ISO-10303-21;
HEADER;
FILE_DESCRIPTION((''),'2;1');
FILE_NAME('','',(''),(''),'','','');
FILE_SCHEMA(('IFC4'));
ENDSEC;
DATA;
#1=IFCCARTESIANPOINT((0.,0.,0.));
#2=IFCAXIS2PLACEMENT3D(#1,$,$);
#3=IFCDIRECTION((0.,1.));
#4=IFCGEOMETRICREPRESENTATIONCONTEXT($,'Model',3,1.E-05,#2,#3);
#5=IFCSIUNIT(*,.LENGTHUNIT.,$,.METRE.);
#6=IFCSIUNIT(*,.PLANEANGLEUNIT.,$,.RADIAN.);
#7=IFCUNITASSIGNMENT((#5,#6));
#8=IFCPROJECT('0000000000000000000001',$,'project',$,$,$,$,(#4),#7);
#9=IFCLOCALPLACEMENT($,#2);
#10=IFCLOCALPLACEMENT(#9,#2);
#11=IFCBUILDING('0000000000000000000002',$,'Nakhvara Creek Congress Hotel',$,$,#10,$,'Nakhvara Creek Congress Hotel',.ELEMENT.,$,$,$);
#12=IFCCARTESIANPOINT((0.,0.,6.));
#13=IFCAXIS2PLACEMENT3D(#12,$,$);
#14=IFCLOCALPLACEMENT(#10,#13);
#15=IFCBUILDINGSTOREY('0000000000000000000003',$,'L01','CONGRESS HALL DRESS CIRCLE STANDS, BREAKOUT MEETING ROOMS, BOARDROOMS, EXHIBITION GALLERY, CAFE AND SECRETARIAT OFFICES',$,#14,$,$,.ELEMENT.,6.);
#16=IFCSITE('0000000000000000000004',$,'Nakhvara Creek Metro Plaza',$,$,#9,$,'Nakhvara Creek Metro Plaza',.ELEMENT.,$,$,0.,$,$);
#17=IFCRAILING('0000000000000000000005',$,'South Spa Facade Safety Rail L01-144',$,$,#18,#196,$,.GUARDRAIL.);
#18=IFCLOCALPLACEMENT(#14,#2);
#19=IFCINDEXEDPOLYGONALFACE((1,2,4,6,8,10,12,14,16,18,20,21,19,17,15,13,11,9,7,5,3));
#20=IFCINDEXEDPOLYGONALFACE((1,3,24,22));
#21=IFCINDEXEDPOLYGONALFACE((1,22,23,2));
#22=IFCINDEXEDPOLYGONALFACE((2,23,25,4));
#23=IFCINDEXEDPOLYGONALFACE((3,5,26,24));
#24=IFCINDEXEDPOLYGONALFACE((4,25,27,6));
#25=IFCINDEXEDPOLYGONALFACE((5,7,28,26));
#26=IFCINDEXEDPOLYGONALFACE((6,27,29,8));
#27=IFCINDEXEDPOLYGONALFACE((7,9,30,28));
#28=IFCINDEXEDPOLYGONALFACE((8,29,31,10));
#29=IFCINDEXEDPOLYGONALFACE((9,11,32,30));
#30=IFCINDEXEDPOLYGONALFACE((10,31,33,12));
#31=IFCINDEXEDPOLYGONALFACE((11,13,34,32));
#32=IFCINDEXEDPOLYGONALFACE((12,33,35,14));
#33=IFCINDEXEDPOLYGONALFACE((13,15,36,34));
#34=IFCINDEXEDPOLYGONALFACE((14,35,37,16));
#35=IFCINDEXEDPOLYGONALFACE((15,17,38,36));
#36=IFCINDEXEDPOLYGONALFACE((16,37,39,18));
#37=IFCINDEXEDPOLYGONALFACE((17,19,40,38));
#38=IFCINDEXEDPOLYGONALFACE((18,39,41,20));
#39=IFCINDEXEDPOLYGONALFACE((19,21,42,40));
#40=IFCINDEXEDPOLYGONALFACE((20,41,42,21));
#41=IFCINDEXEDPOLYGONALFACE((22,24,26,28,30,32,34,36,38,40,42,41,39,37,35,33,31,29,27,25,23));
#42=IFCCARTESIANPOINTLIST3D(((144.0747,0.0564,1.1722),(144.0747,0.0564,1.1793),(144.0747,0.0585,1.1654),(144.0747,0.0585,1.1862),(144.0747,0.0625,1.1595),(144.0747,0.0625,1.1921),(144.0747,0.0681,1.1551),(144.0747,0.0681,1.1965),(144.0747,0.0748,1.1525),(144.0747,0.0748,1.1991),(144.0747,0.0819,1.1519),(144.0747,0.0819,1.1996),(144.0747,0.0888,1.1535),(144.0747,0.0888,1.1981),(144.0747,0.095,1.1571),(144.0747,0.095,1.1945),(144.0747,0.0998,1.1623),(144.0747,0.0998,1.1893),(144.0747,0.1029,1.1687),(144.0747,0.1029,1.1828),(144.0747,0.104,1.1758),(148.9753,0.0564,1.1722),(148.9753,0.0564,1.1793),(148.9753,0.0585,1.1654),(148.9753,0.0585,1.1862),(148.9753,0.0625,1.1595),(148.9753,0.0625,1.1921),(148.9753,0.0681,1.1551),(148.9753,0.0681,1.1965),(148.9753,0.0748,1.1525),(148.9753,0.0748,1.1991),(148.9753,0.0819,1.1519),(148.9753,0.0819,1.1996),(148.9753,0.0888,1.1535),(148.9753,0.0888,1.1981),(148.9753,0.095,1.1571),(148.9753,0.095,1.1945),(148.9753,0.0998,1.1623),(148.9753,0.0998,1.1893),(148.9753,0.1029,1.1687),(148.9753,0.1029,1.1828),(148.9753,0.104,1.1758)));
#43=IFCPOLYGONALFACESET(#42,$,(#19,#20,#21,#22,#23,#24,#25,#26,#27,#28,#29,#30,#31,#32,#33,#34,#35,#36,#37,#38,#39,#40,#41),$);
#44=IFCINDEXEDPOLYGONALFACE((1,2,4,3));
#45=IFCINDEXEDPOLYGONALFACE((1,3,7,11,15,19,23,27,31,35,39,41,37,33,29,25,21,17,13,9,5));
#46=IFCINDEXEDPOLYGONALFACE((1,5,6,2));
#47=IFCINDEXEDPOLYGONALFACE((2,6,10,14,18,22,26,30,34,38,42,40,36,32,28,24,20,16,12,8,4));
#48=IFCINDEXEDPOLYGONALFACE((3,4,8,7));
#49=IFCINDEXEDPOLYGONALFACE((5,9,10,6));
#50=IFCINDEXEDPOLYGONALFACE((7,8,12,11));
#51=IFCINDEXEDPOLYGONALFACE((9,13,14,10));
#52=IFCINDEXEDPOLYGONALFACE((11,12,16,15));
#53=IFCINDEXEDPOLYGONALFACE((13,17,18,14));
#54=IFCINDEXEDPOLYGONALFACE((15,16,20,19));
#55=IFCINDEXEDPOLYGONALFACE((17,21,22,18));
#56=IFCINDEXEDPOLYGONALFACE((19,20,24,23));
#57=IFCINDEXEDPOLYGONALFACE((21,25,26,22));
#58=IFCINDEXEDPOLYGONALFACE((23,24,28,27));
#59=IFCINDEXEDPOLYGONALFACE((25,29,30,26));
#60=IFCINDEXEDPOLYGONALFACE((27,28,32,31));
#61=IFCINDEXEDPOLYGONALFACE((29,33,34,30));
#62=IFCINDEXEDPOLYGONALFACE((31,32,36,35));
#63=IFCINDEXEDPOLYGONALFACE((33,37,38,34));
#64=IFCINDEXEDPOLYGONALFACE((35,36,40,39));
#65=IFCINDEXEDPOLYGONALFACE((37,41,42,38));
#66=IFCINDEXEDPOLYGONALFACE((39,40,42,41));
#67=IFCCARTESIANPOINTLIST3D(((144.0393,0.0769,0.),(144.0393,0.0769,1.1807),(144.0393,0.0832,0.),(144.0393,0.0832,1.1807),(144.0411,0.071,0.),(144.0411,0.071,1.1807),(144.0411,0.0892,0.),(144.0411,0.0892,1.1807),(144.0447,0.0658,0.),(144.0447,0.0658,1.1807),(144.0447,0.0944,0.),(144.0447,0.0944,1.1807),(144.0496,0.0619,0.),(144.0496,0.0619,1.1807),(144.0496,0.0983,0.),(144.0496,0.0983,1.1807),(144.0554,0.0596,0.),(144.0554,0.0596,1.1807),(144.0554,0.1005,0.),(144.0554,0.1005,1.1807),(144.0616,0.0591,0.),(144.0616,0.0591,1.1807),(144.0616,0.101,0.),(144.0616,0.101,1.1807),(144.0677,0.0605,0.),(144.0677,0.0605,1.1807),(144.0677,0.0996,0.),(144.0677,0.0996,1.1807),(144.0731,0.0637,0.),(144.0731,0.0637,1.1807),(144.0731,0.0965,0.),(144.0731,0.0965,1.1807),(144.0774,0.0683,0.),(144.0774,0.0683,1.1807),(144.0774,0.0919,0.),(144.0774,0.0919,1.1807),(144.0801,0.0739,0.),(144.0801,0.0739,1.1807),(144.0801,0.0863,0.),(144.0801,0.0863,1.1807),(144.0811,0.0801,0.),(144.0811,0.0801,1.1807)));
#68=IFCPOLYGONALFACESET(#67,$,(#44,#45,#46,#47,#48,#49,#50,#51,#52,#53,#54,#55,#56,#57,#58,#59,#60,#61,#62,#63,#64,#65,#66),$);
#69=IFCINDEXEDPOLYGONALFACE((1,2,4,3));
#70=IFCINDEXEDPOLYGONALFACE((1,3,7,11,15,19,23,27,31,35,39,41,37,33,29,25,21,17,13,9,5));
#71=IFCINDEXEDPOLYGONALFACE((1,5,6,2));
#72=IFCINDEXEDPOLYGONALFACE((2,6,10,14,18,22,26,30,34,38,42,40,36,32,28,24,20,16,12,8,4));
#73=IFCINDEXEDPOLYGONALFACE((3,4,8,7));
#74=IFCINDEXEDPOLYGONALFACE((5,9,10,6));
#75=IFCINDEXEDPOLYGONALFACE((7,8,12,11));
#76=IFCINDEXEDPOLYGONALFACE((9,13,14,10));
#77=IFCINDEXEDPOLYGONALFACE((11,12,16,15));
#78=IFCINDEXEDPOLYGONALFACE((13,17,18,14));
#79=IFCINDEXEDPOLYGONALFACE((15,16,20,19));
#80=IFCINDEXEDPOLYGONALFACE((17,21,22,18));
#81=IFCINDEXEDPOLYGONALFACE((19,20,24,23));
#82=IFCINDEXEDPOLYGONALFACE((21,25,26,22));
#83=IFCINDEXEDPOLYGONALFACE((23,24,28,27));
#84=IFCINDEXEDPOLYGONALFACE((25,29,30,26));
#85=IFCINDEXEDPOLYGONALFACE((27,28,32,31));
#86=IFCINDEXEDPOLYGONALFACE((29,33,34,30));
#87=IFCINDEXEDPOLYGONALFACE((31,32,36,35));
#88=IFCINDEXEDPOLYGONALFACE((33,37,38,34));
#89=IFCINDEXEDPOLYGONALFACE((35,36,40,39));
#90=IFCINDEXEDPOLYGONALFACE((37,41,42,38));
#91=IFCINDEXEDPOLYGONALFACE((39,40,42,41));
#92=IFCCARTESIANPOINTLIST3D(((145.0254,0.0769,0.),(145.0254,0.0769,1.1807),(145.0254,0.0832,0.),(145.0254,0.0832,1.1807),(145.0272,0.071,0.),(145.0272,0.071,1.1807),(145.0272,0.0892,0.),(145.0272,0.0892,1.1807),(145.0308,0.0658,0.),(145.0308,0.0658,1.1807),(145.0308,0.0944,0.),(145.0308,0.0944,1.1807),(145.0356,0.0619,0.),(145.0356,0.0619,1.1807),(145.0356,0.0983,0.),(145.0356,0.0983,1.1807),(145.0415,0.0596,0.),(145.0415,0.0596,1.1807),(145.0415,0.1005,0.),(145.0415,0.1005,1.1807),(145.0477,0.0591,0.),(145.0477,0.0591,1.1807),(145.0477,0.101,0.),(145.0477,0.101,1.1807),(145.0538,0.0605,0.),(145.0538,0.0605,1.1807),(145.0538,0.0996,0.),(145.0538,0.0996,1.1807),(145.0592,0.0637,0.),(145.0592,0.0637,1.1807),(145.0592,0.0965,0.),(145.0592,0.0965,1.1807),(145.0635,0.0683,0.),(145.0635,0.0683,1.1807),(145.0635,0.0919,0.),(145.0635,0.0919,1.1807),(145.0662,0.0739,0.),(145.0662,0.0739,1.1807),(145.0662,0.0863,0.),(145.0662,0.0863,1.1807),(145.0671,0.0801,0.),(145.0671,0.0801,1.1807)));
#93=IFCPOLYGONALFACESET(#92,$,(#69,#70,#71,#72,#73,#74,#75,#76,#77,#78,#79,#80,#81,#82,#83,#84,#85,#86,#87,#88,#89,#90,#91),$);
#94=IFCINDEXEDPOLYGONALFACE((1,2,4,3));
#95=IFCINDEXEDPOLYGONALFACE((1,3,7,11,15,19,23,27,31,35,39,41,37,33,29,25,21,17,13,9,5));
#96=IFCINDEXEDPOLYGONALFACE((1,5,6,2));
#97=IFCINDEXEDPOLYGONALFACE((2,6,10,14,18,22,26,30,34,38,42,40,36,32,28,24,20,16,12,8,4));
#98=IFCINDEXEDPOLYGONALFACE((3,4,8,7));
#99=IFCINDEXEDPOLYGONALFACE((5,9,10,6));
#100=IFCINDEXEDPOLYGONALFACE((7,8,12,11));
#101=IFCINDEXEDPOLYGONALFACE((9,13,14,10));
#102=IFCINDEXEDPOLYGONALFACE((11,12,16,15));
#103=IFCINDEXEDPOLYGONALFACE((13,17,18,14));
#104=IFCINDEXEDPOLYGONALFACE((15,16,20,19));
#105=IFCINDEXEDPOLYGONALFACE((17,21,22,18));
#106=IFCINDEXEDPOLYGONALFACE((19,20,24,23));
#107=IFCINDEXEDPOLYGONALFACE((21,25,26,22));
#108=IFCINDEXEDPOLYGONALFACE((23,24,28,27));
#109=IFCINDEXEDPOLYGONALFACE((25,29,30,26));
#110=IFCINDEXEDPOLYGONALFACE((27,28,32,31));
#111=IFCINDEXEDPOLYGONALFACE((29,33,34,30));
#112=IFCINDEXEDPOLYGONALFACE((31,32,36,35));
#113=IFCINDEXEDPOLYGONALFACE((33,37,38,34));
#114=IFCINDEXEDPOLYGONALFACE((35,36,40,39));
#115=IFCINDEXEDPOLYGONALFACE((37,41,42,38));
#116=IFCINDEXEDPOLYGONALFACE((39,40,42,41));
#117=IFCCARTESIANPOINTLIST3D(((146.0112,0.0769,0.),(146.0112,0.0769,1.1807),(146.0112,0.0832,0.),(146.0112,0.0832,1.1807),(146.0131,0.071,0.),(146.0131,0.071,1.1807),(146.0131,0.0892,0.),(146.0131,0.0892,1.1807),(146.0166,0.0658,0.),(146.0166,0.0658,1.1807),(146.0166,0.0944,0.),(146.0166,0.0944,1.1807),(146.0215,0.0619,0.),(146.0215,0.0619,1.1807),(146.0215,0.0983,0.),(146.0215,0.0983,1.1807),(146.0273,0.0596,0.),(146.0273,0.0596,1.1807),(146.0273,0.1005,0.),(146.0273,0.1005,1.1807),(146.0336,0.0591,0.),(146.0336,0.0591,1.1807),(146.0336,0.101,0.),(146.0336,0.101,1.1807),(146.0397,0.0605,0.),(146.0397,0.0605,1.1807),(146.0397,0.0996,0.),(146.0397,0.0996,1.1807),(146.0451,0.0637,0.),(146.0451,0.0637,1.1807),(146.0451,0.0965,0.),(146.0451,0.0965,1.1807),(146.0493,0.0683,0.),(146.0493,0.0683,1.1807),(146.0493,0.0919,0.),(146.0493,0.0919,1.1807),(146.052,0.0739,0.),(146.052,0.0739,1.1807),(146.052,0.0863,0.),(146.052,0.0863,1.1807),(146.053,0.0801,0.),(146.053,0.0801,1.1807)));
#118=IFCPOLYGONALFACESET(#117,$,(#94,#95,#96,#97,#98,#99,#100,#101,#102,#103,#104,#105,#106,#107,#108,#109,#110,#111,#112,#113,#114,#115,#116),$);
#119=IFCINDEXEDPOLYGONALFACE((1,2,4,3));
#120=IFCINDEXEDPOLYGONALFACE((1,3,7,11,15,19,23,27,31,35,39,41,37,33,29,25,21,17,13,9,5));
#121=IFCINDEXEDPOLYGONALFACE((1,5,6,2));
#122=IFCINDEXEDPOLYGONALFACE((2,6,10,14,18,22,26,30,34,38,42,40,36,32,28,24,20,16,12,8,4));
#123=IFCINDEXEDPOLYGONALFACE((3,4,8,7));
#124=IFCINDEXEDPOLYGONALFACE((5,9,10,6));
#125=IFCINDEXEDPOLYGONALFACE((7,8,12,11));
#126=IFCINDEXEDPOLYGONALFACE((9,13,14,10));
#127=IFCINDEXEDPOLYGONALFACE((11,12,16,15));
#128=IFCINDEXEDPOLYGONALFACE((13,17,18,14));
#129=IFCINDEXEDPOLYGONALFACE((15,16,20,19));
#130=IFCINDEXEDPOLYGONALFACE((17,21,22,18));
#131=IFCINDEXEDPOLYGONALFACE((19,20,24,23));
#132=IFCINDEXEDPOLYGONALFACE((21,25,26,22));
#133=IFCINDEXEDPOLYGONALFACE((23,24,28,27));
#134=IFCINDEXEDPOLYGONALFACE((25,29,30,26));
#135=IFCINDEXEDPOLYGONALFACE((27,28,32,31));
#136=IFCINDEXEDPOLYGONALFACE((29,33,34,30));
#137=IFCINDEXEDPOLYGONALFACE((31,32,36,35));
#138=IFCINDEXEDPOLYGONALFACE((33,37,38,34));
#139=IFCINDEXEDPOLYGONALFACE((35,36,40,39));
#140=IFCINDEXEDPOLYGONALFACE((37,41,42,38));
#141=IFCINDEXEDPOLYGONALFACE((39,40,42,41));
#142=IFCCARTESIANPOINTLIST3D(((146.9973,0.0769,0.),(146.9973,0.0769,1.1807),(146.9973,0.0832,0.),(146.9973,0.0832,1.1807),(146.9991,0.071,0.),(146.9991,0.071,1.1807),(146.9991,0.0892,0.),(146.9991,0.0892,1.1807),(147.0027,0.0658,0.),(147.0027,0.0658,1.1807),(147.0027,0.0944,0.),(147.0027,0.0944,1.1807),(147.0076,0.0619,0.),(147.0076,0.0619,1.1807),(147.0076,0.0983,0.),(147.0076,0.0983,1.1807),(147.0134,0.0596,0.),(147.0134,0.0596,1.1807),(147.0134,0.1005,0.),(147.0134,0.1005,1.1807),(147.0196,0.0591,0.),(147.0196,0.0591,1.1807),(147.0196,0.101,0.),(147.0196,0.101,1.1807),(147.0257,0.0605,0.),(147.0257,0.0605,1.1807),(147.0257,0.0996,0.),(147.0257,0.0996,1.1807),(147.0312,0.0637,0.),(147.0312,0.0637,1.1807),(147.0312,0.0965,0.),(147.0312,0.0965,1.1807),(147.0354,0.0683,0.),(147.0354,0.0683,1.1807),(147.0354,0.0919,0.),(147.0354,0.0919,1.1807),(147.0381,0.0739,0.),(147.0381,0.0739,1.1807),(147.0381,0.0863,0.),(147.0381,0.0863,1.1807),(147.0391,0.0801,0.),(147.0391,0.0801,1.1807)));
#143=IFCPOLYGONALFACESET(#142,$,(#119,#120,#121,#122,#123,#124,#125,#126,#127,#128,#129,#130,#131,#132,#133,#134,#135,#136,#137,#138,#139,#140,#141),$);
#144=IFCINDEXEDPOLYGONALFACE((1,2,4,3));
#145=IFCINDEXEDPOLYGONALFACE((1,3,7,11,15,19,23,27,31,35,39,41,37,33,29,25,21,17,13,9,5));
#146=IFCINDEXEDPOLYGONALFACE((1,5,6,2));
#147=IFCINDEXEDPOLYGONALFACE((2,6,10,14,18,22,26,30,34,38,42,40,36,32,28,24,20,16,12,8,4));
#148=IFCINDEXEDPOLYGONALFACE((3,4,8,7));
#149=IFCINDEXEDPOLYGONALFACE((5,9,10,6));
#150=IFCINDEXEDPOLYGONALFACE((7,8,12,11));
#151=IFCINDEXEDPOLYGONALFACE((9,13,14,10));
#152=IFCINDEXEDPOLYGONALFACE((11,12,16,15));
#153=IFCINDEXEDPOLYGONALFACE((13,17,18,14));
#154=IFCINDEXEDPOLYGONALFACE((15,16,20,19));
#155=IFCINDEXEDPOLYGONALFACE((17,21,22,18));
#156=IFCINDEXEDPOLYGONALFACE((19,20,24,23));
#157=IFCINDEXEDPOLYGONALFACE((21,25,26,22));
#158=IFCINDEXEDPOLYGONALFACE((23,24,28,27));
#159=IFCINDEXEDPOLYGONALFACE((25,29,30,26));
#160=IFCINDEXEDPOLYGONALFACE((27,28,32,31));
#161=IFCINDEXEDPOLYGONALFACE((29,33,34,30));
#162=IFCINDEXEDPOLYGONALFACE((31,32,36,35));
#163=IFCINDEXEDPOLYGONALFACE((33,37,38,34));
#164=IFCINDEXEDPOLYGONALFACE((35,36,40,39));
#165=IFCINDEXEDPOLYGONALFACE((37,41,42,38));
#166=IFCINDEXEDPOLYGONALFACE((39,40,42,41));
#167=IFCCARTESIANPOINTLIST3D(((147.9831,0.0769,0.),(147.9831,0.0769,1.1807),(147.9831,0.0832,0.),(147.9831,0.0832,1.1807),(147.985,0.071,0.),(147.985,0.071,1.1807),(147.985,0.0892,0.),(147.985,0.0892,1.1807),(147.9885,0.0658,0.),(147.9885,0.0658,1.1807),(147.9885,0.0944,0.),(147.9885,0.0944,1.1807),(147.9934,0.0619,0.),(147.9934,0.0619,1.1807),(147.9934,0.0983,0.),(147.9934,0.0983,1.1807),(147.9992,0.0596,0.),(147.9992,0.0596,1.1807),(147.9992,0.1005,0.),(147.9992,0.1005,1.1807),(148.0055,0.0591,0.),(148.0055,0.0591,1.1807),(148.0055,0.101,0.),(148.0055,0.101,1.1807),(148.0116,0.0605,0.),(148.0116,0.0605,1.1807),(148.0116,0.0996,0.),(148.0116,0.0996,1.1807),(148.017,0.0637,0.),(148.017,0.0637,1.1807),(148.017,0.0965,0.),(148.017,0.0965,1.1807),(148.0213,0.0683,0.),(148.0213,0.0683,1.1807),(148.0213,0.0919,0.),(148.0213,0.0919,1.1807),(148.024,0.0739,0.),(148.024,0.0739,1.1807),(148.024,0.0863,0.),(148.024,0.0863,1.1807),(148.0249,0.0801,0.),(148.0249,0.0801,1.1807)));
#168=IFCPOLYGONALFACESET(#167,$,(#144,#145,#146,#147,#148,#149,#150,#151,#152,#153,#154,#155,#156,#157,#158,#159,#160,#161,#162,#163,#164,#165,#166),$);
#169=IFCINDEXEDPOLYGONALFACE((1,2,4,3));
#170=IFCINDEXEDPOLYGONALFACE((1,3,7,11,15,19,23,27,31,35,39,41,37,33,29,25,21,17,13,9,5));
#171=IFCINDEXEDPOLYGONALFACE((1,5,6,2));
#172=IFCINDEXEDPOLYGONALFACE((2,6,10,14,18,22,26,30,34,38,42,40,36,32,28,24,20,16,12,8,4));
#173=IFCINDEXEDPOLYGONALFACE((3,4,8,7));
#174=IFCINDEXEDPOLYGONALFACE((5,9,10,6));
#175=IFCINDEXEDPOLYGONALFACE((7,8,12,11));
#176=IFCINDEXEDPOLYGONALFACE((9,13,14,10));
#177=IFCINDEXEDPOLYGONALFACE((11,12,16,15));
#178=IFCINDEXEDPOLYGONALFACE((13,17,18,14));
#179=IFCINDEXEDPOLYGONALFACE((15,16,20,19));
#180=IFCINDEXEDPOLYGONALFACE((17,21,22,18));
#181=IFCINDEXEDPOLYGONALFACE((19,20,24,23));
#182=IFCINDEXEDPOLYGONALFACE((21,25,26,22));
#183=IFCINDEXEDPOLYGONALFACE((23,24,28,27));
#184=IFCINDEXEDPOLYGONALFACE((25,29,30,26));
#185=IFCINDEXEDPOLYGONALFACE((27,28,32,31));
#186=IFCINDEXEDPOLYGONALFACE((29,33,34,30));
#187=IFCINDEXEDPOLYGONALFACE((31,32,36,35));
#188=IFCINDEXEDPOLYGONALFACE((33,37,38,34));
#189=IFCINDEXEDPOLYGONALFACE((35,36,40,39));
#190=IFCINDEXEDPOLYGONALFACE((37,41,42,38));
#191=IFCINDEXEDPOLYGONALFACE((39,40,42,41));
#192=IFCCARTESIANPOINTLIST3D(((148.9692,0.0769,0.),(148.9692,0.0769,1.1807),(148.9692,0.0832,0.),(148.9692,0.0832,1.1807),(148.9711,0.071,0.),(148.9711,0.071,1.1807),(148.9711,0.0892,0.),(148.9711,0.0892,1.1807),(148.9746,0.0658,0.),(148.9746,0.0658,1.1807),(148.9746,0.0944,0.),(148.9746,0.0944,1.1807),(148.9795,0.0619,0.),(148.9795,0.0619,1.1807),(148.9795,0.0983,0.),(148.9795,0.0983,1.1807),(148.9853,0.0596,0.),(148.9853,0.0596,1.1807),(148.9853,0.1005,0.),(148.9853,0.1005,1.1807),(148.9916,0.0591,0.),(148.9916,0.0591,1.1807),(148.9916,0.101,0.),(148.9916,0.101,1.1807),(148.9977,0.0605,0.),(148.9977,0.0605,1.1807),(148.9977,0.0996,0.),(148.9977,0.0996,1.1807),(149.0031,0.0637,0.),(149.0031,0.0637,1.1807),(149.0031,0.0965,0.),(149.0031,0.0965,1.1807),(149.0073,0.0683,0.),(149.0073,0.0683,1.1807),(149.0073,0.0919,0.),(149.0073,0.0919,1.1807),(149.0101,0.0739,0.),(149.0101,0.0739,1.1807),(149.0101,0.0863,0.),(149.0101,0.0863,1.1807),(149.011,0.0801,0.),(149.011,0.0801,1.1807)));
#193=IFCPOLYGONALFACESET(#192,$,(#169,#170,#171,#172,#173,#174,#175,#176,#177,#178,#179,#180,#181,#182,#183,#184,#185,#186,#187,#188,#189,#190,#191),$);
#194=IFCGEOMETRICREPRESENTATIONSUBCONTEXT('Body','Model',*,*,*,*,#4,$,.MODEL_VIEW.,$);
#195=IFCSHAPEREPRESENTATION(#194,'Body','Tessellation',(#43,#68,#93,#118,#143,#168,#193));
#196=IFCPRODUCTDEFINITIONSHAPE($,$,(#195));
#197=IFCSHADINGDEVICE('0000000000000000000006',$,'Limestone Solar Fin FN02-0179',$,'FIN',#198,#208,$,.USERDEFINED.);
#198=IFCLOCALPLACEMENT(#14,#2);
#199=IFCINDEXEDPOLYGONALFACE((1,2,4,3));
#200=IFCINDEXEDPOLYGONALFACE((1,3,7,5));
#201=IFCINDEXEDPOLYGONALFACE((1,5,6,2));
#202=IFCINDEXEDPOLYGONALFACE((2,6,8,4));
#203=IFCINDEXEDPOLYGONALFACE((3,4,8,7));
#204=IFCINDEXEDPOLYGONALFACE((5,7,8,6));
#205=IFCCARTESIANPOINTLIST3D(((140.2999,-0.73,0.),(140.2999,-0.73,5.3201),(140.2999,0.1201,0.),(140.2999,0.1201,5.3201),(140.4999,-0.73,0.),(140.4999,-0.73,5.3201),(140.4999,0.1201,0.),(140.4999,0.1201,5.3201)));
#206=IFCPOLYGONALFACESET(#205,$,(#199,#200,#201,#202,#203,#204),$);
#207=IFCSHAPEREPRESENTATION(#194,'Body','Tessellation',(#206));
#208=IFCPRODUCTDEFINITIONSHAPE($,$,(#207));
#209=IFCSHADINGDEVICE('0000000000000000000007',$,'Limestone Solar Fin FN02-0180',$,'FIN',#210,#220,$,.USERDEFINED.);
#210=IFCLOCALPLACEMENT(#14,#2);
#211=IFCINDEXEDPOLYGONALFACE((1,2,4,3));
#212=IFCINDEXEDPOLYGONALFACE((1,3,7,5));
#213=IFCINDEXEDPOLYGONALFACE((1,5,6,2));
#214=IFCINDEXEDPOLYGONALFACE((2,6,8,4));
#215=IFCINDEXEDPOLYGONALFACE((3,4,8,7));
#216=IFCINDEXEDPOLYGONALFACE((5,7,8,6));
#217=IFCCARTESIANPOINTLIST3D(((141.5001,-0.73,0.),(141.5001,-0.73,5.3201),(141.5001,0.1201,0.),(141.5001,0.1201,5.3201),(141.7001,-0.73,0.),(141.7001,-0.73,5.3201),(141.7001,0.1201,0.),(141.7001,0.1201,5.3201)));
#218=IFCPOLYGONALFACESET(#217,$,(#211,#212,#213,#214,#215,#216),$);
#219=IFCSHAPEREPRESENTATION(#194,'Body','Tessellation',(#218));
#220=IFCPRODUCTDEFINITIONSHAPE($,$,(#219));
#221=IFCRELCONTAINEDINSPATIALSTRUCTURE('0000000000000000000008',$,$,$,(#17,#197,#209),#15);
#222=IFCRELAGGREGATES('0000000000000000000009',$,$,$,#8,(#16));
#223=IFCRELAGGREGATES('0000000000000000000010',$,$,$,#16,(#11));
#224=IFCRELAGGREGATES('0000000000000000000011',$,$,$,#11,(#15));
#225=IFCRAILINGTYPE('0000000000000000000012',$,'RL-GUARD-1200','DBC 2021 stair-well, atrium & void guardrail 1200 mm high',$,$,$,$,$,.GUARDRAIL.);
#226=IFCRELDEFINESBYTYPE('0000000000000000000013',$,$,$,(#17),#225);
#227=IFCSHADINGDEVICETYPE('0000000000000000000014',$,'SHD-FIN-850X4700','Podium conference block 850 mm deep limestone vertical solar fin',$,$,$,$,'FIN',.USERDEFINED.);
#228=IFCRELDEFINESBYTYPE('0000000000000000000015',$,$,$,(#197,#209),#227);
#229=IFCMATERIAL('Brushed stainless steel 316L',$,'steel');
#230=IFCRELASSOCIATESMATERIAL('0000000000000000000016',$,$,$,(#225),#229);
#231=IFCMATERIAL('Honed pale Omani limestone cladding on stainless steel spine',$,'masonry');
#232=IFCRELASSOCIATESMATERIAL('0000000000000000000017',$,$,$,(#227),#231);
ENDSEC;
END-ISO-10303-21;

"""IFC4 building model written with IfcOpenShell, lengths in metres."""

from ifc_helpers import new_model, si_unit, direction, frame, origin, origin_2d, place, context, subcontext, project, spatial, rectangle, circle, extrude, material, type_object, element, save


model = new_model("IFC4")

# Units and contexts
model_context = context("Model", 3, precision=1e-05, world=origin(), true_north=direction((0.0, 1.0)))
body_context = subcontext(model_context, "Body", "Model", "MODEL_VIEW")
ifc_project = project(units=[si_unit("LENGTHUNIT", "METRE"), si_unit("PLANEANGLEUNIT", "RADIAN")], contexts=[model_context])

# Site, building, storey
site_placement = place(None, origin())
site = spatial("IfcSite", under=ifc_project, at=site_placement, Name="Nakhvara Creek Metro Plaza", LongName="Nakhvara Creek Metro Plaza", CompositionType="ELEMENT", RefElevation=0.0)
building_placement = place(site_placement, origin())
building = spatial("IfcBuilding", under=site, at=building_placement, Name="Nakhvara Creek Congress Hotel", LongName="Nakhvara Creek Congress Hotel", CompositionType="ELEMENT")
storey_placement = place(building_placement, frame((0.0, 0.0, 6.0)))
storey = spatial("IfcBuildingStorey", under=building, at=storey_placement, Name="L01", Description="CONGRESS HALL DRESS CIRCLE STANDS, BREAKOUT MEETING ROOMS, BOARDROOMS, EXHIBITION GALLERY, CAFE AND SECRETARIAT OFFICES", CompositionType="ELEMENT", Elevation=6.0)

# Railing
ifc_material_1 = material(Name="Brushed stainless steel 316L", Category="steel")
railing_type = type_object("IfcRailingType", Name="RL-GUARD-1200", Description="DBC 2021 stair-well, atrium & void guardrail 1200 mm high", PredefinedType="GUARDRAIL", material=ifc_material_1)
railing_placement = place(storey_placement, frame((144.0601, 0.0801, 0.0)))
element("IfcRailing", 1, at=railing_placement, inside=storey, type_object=railing_type, Name="South Spa Facade Safety Rail L01-144", PredefinedType="GUARDRAIL", context=body_context, shape_type="SweptSolid", body=[
    extrude(circle(Radius=0.0239, at=origin_2d()), frame((0.0146, 0.0, 1.1758), z_axis=(1.0, 0.0, 0.0), x_axis=(0.0, 1.0, 0.0)), (0.0, 0.0, 1.0), 4.9006),
    extrude(circle(Radius=0.021, at=origin_2d()), origin(), (0.0, 0.0, 1.0), 1.1807),
    extrude(circle(Radius=0.021, at=origin_2d()), frame((0.9861, 0.0, 0.0)), (0.0, 0.0, 1.0), 1.1807),
    extrude(circle(Radius=0.021, at=origin_2d()), frame((1.9719, 0.0, 0.0)), (0.0, 0.0, 1.0), 1.1807),
    extrude(circle(Radius=0.021, at=origin_2d()), frame((2.958, 0.0, 0.0)), (0.0, 0.0, 1.0), 1.1807),
    extrude(circle(Radius=0.021, at=origin_2d()), frame((3.9438, 0.0, 0.0)), (0.0, 0.0, 1.0), 1.1807),
    extrude(circle(Radius=0.021, at=origin_2d()), frame((4.9299, 0.0, 0.0)), (0.0, 0.0, 1.0), 1.1807),
])

# Shading devices
ifc_material_2 = material(Name="Honed pale Omani limestone cladding on stainless steel spine", Category="masonry")
shading_device_type = type_object("IfcShadingDeviceType", Name="SHD-FIN-850X4700", Description="Podium conference block 850 mm deep limestone vertical solar fin", ElementType="FIN", PredefinedType="USERDEFINED", material=ifc_material_2)
for number, where, z_axis, x_axis, name in (
    (2, (140.3999, -0.3049, 0.0), (0.0, 0.0, 1.0), (1.0, 0.0, 0.0), "Limestone Solar Fin FN02-0179"),
    (3, (141.6001, -0.3049, 0.0), (0.0, 0.0, 1.0), (1.0, 0.0, 0.0), "Limestone Solar Fin FN02-0180"),
):
    element("IfcShadingDevice", number, at=place(storey_placement, frame(where, z_axis=z_axis, x_axis=x_axis)), inside=storey, type_object=shading_device_type, Name=name, ObjectType="FIN", PredefinedType="USERDEFINED", context=body_context, shape_type="SweptSolid", body=[
        extrude(rectangle(XDim=0.2, YDim=0.8501, at=origin_2d()), origin(), (0.0, 0.0, 1.0), 5.3201),
    ])

save(model, "model.ifc")
